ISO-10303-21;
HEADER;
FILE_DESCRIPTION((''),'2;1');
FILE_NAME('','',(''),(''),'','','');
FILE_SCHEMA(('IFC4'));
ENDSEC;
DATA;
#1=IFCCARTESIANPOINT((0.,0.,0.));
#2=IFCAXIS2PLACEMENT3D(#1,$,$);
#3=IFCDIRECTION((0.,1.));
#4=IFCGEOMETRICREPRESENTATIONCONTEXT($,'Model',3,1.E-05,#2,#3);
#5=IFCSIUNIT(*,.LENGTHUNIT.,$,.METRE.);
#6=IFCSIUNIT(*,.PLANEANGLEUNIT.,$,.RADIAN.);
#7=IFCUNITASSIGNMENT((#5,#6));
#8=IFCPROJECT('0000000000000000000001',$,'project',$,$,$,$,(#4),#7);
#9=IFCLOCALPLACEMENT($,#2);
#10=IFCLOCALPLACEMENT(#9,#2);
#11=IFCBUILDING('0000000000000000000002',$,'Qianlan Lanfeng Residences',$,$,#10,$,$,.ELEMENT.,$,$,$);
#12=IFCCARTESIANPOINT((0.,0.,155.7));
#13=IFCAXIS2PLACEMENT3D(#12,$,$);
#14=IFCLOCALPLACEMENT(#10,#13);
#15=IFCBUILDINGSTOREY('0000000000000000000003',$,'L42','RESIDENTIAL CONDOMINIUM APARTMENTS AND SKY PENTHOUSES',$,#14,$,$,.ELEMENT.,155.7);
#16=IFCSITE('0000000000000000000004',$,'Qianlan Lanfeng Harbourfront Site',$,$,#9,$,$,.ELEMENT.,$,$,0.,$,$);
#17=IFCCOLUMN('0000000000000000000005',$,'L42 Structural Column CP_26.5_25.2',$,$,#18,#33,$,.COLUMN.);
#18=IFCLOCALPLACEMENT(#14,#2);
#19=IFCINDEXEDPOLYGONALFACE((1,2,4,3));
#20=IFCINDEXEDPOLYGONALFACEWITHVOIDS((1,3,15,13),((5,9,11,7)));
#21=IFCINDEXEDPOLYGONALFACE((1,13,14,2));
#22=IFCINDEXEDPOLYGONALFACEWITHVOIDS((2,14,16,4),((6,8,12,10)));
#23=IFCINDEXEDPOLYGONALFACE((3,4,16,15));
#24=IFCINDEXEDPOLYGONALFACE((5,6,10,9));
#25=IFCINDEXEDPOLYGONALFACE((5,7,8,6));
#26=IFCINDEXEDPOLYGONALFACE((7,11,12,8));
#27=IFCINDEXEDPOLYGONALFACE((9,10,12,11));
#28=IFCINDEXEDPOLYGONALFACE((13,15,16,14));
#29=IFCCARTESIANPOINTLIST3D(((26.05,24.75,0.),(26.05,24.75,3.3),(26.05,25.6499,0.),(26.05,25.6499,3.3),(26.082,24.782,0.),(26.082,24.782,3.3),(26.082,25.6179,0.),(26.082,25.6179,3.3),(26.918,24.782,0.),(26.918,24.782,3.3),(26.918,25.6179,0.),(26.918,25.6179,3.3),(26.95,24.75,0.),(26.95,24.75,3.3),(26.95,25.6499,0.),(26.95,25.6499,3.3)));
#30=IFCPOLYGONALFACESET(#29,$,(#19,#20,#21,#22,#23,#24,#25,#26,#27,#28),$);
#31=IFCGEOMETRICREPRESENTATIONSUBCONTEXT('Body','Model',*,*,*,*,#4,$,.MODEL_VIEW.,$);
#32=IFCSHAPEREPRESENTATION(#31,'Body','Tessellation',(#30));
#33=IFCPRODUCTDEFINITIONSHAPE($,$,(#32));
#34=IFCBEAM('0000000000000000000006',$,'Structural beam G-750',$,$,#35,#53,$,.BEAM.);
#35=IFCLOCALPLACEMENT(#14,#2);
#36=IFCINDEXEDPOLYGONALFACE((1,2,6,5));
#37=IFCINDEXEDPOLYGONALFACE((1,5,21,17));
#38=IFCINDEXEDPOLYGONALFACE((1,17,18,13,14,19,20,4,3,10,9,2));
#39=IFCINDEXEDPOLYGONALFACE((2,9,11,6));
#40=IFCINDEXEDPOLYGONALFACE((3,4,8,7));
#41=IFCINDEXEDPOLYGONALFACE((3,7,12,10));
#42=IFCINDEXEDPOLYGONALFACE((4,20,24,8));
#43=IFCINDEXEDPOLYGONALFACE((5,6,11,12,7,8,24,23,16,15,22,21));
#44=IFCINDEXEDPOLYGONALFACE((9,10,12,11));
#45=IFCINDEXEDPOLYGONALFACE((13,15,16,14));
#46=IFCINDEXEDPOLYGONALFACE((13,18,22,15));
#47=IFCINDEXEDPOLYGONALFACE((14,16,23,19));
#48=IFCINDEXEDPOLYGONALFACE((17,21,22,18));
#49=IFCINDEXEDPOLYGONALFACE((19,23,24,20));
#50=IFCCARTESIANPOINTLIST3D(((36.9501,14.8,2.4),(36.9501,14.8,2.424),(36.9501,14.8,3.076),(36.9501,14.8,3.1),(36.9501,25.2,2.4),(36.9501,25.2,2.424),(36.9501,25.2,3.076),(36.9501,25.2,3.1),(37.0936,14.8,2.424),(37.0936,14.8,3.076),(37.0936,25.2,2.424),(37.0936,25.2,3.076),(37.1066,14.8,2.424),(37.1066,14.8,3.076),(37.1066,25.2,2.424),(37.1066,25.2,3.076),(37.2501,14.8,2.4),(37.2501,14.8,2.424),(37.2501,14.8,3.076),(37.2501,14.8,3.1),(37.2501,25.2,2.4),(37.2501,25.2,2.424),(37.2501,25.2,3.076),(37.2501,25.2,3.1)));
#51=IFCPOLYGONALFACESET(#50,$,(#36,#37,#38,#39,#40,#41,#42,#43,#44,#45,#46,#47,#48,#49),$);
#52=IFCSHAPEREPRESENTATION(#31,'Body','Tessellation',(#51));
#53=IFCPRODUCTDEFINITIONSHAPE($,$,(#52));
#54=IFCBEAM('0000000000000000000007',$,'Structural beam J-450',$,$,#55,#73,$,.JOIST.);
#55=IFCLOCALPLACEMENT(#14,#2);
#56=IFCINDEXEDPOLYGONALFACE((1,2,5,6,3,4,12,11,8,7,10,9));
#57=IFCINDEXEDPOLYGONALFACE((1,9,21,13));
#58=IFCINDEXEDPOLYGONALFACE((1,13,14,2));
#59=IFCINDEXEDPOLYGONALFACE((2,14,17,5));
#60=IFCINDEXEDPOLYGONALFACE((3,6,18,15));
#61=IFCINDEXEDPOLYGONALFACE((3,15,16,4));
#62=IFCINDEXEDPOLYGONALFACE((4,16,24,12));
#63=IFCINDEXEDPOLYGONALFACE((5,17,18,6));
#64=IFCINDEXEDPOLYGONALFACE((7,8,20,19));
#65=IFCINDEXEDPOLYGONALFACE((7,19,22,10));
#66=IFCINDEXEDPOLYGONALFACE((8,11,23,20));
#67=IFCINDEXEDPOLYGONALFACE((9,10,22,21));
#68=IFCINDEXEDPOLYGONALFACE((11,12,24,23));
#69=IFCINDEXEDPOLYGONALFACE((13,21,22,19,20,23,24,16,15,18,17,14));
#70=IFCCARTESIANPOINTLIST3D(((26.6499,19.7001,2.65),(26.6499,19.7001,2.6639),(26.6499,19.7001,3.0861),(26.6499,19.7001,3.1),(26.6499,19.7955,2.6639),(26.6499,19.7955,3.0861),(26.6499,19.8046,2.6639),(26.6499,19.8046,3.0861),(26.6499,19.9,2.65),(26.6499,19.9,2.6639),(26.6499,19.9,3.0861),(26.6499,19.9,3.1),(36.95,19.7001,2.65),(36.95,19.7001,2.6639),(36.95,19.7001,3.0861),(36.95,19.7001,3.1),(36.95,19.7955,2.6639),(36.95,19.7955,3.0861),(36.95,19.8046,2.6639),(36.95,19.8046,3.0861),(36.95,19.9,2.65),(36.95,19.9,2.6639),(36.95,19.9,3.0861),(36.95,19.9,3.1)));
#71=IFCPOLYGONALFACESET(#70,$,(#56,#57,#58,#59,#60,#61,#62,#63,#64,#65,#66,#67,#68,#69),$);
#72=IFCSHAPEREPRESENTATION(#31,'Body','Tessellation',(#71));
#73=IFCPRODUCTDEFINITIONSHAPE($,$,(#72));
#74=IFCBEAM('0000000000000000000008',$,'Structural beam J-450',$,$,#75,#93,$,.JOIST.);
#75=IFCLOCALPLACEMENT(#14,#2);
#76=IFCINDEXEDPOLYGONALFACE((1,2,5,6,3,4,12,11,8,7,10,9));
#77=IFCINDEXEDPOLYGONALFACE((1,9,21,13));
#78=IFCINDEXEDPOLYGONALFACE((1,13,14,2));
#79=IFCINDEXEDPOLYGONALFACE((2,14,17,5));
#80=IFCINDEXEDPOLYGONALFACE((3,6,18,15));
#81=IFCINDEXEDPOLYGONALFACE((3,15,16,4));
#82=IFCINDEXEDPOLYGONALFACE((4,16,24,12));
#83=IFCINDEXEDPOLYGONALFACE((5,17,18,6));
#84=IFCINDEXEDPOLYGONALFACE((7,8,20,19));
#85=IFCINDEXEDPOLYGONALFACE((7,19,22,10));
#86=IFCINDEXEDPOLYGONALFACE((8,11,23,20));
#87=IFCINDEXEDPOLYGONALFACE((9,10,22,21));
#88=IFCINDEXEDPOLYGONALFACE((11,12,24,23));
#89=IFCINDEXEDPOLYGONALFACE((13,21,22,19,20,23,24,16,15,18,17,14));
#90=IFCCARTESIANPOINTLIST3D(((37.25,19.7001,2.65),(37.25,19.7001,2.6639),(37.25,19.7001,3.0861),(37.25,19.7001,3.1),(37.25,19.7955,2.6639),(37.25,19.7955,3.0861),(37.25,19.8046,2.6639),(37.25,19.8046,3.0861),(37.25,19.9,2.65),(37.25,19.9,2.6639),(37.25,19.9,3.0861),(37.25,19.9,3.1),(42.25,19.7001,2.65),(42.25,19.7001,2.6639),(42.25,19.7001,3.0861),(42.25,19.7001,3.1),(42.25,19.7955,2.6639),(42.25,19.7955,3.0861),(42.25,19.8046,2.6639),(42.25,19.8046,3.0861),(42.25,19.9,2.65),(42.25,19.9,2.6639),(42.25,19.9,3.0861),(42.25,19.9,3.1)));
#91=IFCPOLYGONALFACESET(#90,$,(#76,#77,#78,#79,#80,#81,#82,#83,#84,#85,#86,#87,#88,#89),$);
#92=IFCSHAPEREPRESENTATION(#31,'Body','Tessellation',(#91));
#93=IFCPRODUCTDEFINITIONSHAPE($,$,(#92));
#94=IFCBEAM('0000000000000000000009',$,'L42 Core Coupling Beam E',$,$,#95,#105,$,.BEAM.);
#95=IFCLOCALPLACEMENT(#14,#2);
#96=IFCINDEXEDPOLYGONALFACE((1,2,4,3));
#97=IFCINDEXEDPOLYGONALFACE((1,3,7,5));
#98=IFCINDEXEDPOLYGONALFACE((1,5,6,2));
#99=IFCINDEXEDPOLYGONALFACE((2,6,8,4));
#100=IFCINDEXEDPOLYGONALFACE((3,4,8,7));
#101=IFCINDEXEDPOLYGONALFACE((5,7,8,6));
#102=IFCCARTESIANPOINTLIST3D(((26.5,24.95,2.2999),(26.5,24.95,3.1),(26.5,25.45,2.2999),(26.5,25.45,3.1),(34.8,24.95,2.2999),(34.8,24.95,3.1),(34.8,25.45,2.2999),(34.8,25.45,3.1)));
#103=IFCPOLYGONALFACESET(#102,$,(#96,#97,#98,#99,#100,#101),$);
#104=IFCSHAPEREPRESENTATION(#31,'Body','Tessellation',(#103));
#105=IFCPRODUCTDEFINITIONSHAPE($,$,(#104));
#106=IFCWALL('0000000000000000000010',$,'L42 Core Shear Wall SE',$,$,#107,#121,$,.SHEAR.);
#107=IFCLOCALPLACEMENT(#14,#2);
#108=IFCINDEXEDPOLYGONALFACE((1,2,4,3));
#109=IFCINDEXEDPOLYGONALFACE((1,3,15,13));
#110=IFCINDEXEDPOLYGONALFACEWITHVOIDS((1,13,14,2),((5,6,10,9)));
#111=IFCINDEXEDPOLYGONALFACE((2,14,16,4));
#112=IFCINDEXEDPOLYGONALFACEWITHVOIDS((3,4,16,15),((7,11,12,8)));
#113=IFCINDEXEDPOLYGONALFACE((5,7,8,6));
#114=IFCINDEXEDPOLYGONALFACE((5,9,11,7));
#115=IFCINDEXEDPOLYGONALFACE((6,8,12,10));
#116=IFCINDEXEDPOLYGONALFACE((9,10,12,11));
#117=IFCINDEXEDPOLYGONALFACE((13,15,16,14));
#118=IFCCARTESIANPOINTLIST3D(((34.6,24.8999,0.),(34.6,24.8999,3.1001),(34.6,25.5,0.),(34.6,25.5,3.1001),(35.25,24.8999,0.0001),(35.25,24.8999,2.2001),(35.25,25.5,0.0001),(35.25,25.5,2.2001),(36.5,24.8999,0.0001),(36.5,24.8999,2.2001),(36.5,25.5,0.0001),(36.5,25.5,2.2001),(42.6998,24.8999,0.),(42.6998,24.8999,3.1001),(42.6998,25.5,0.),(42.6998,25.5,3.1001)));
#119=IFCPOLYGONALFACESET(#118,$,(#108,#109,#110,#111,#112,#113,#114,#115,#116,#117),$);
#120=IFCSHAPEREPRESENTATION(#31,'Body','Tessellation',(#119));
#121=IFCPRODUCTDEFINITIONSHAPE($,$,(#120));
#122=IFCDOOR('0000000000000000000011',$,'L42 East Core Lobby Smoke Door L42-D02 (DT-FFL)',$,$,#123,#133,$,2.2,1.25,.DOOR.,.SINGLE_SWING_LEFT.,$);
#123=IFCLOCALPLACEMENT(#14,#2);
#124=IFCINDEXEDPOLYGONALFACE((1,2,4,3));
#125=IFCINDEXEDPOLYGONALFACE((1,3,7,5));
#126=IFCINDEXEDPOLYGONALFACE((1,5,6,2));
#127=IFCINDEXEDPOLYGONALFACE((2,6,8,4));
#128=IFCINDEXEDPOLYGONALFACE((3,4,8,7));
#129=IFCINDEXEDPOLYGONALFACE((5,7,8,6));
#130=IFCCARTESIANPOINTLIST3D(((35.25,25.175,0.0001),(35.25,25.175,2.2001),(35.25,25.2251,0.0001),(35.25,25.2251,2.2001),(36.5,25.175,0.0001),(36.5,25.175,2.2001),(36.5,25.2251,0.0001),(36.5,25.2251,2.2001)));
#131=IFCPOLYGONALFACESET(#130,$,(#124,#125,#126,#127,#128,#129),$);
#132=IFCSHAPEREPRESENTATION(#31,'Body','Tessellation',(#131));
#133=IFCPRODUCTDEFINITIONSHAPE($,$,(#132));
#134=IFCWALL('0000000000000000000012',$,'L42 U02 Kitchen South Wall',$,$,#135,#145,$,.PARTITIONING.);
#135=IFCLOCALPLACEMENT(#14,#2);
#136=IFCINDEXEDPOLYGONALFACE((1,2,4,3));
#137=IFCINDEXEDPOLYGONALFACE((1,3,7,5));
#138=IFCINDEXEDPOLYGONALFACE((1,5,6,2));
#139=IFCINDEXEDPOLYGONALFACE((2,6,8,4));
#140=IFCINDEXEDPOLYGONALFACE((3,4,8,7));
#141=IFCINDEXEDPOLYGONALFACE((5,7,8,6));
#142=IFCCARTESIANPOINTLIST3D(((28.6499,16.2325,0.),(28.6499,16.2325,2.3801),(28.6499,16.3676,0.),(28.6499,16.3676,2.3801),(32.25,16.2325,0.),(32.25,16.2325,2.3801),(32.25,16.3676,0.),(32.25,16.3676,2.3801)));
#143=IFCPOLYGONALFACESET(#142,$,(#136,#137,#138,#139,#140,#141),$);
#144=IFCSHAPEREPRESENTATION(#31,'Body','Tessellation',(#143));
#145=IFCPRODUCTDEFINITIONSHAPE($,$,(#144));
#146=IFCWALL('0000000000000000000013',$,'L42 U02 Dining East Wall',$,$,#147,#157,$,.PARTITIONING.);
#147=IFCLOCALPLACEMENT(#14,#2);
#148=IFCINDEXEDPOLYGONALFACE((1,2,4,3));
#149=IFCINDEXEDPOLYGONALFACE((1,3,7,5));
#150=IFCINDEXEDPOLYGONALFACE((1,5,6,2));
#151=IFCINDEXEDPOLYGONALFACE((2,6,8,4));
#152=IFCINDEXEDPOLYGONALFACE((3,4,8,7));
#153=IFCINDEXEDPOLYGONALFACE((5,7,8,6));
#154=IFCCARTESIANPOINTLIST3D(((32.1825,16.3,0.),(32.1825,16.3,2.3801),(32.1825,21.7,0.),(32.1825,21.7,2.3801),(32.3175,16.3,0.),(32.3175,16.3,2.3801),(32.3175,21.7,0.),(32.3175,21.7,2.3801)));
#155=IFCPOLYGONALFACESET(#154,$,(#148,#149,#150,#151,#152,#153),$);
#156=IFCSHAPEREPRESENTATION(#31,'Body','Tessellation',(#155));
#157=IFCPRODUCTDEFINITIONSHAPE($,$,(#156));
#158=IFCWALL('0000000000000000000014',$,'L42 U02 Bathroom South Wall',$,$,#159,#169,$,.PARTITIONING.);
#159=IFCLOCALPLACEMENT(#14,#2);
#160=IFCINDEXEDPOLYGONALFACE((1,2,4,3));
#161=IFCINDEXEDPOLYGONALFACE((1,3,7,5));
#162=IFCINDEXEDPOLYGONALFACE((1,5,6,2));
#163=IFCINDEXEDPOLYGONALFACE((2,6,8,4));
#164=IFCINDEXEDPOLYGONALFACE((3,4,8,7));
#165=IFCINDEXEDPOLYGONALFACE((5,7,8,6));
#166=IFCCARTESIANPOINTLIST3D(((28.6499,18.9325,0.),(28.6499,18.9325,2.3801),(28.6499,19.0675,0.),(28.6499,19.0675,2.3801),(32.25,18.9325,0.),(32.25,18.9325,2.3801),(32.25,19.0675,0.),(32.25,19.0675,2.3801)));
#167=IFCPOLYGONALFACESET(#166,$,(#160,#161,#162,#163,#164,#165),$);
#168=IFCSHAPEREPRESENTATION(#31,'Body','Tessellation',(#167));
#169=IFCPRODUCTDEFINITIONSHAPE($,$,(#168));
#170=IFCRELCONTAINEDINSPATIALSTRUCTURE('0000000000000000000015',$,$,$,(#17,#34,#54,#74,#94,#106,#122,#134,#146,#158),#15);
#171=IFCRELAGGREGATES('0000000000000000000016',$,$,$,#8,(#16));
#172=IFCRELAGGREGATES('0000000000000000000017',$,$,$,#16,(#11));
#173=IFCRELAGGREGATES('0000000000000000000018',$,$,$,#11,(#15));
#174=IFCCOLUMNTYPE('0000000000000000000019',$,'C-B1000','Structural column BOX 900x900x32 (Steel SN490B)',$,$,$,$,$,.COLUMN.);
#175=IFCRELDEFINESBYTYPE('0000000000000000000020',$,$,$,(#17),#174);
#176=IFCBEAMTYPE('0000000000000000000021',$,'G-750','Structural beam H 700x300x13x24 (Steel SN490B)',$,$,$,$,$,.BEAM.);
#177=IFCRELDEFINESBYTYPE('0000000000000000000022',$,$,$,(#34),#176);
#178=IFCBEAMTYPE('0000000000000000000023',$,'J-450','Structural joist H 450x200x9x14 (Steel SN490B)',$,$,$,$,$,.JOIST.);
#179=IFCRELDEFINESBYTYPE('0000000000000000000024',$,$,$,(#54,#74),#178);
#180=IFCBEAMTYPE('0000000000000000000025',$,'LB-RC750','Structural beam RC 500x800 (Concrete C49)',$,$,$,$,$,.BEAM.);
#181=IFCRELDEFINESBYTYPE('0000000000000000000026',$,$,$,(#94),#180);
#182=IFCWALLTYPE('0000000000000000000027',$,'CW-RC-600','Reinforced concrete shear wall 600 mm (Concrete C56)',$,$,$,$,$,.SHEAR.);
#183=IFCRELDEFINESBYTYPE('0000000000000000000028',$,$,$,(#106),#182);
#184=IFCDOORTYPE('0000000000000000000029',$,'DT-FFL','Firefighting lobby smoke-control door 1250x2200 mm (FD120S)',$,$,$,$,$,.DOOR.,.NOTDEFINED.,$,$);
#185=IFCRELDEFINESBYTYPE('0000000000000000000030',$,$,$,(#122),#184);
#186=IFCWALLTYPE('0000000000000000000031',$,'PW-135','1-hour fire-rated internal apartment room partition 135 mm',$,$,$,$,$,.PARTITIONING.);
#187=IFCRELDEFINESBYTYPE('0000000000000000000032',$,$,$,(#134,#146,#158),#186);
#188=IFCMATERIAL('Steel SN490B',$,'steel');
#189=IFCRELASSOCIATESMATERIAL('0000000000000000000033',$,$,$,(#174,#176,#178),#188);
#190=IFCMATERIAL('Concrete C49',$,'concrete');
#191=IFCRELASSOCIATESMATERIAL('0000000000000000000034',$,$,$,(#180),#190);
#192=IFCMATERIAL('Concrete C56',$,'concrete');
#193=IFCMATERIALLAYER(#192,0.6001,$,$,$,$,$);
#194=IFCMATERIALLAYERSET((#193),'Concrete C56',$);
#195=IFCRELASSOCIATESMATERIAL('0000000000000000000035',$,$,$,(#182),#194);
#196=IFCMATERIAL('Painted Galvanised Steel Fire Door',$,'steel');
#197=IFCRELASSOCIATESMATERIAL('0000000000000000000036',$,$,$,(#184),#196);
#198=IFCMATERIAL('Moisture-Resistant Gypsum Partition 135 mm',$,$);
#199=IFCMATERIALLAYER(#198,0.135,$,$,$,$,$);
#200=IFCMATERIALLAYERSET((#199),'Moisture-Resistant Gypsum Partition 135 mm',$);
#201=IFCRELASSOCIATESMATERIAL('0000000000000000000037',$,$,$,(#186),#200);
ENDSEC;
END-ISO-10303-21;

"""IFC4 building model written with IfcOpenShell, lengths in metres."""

from ifc_helpers import new_model, si_unit, direction, frame, frame_2d, origin, origin_2d, place, context, subcontext, project, spatial, rectangle, hollow_rectangle, i_section, extrude, material, layer, layer_set, material_profile, profile_set, type_object, element, fill, save


model = new_model("IFC4")

# Units and contexts
model_context = context("Model", 3, precision=1e-05, world=origin(), true_north=direction((0.0, 1.0)))
body_context = subcontext(model_context, "Body", "Model", "MODEL_VIEW")
ifc_project = project(units=[si_unit("LENGTHUNIT", "METRE"), si_unit("PLANEANGLEUNIT", "RADIAN")], contexts=[model_context])

# Site, building, storey
site_placement = place(None, origin())
site = spatial("IfcSite", under=ifc_project, at=site_placement, Name="Qianlan Lanfeng Harbourfront Site", CompositionType="ELEMENT", RefElevation=0.0)
building_placement = place(site_placement, origin())
building = spatial("IfcBuilding", under=site, at=building_placement, Name="Qianlan Lanfeng Residences", CompositionType="ELEMENT")
storey_placement = place(building_placement, frame((0.0, 0.0, 155.7)))
storey = spatial("IfcBuildingStorey", under=building, at=storey_placement, Name="L42", Description="RESIDENTIAL CONDOMINIUM APARTMENTS AND SKY PENTHOUSES", CompositionType="ELEMENT", Elevation=155.7)

# Column
ifc_material_1 = material(Name="Steel SN490B", Category="steel")
ifc_material_profile_1 = material_profile(ifc_material_1, hollow_rectangle(XDim=0.8999, YDim=0.8999, WallThickness=0.032, at=origin_2d()), Name="BOX 900x900x32")
ifc_profile_set_1 = profile_set([ifc_material_profile_1], Name="Steel SN490B")
column_type = type_object("IfcColumnType", Name="C-B1000", Description="Structural column BOX 900x900x32 (Steel SN490B)", PredefinedType="COLUMN", material=ifc_profile_set_1)
column_placement = place(storey_placement, frame((26.5, 25.2, 0.0), z_axis=(0.0, 0.0, 1.0), x_axis=(1.0, 0.0, 0.0)))
element("IfcColumn", 1, at=column_placement, inside=storey, type_object=column_type, Name="L42 Structural Column CP_26.5_25.2", PredefinedType="COLUMN", context=body_context, shape_type="SweptSolid", body=[
    extrude(hollow_rectangle(XDim=0.8999, YDim=0.8999, WallThickness=0.032, at=origin_2d()), origin(), (0.0, 0.0, 1.0), 3.3),
])

# Beams
ifc_material_profile_2 = material_profile(ifc_material_1, i_section(OverallWidth=0.3, OverallDepth=0.7, WebThickness=0.0129, FlangeThickness=0.0239, at=origin_2d()), Name="H 700x300x13x24")
ifc_profile_set_2 = profile_set([ifc_material_profile_2], Name="Steel SN490B")
beam_type_1 = type_object("IfcBeamType", Name="G-750", Description="Structural beam H 700x300x13x24 (Steel SN490B)", PredefinedType="BEAM", material=ifc_profile_set_2)
beam_1_placement = place(storey_placement, frame((37.1001, 14.8, 2.75), z_axis=(0.0, 1.0, 0.0), x_axis=(-1.0, 0.0, 0.0)))
element("IfcBeam", 2, at=beam_1_placement, inside=storey, type_object=beam_type_1, Name="Structural beam G-750", PredefinedType="BEAM", context=body_context, shape_type="SweptSolid", body=[
    extrude(i_section(OverallWidth=0.3, OverallDepth=0.7, WebThickness=0.0129, FlangeThickness=0.0239, at=origin_2d()), origin(), (0.0, 0.0, 1.0), 10.3999),
])
ifc_material_profile_3 = material_profile(ifc_material_1, i_section(OverallWidth=0.2, OverallDepth=0.45, WebThickness=0.009, FlangeThickness=0.0139, at=origin_2d()), Name="H 450x200x9x14")
ifc_profile_set_3 = profile_set([ifc_material_profile_3], Name="Steel SN490B")
beam_type_2 = type_object("IfcBeamType", Name="J-450", Description="Structural joist H 450x200x9x14 (Steel SN490B)", PredefinedType="JOIST", material=ifc_profile_set_3)
beam_2_placement = place(storey_placement, frame((26.6499, 19.8, 2.875), z_axis=(1.0, 0.0, 0.0), x_axis=(0.0, 1.0, 0.0)))
element("IfcBeam", 3, at=beam_2_placement, inside=storey, type_object=beam_type_2, Name="Structural beam J-450", PredefinedType="JOIST", context=body_context, shape_type="SweptSolid", body=[
    extrude(i_section(OverallWidth=0.2, OverallDepth=0.45, WebThickness=0.009, FlangeThickness=0.0139, at=origin_2d()), origin(), (0.0, 0.0, 1.0), 10.3),
])
beam_3_placement = place(storey_placement, frame((37.25, 19.8, 2.875), z_axis=(1.0, 0.0, 0.0), x_axis=(0.0, 1.0, 0.0)))
element("IfcBeam", 4, at=beam_3_placement, inside=storey, type_object=beam_type_2, Name="Structural beam J-450", PredefinedType="JOIST", context=body_context, shape_type="SweptSolid", body=[
    extrude(i_section(OverallWidth=0.2, OverallDepth=0.45, WebThickness=0.009, FlangeThickness=0.0139, at=origin_2d()), origin(), (0.0, 0.0, 1.0), 5.0),
])
ifc_material_2 = material(Name="Concrete C49", Category="concrete")
ifc_material_profile_4 = material_profile(ifc_material_2, rectangle(XDim=0.5, YDim=0.8, at=origin_2d()), Name="RC 500x800")
ifc_profile_set_4 = profile_set([ifc_material_profile_4], Name="Concrete C49")
beam_type_3 = type_object("IfcBeamType", Name="LB-RC750", Description="Structural beam RC 500x800 (Concrete C49)", PredefinedType="BEAM", material=ifc_profile_set_4)
beam_4_placement = place(storey_placement, frame((26.5, 25.2, 2.7), z_axis=(1.0, 0.0, 0.0), x_axis=(0.0, 1.0, 0.0)))
element("IfcBeam", 5, at=beam_4_placement, inside=storey, type_object=beam_type_3, Name="L42 Core Coupling Beam E", PredefinedType="BEAM", context=body_context, shape_type="SweptSolid", body=[
    extrude(rectangle(XDim=0.5, YDim=0.8, at=origin_2d()), origin(), (0.0, 0.0, 1.0), 8.3),
])

# Wall, opening, door
ifc_material_3 = material(Name="Concrete C56", Category="concrete")
ifc_layer_1 = layer(ifc_material_3, 0.6001)
ifc_layer_set_1 = layer_set([ifc_layer_1], Name="Concrete C56")
wall_type_1 = type_object("IfcWallType", Name="CW-RC-600", Description="Reinforced concrete shear wall 600 mm (Concrete C56)", PredefinedType="SHEAR", material=ifc_layer_set_1)
wall_1_placement = place(storey_placement, frame((34.6001, 25.2, 0.0), z_axis=(0.0, 0.0, 1.0), x_axis=(1.0, 0.0, 0.0)))
wall_1 = element("IfcWall", 6, at=wall_1_placement, inside=storey, type_object=wall_type_1, Name="L42 Core Shear Wall SE", PredefinedType="SHEAR", context=body_context, shape_type="SweptSolid", body=[
    extrude(rectangle(XDim=8.0999, YDim=0.6001, at=frame_2d((4.0498, 0.0))), origin(), (0.0, 0.0, 1.0), 3.1001),
])
opening_1_placement = place(wall_1_placement, frame((0.6499, 0.0, 0.0)))
opening_1 = element("IfcOpeningElement", 7, at=opening_1_placement, cuts=wall_1, PredefinedType="OPENING", context=body_context, shape_type="SweptSolid", body=[
    extrude(rectangle(XDim=1.25, YDim=2.2, at=frame_2d((0.625, 1.1001))), frame((0.0, 0.3101, 0.0), z_axis=(0.0, -1.0, 0.0), x_axis=(1.0, 0.0, 0.0)), (0.0, 0.0, 1.0), 0.6201),
])
ifc_material_4 = material(Name="Painted Galvanised Steel Fire Door", Category="steel")
door_type_1 = type_object("IfcDoorType", Name="DT-FFL", Description="Firefighting lobby smoke-control door 1250x2200 mm (FD120S)", OperationType="NOTDEFINED", PredefinedType="DOOR", material=ifc_material_4)
door_1_placement = place(opening_1_placement, frame((1.25, 0.0, 0.0), z_axis=(0.0, 0.0, 1.0), x_axis=(-1.0, 0.0, 0.0)))
door_1 = element("IfcDoor", 8, at=door_1_placement, inside=storey, type_object=door_type_1, Name="L42 East Core Lobby Smoke Door L42-D02 (DT-FFL)", OperationType="SINGLE_SWING_LEFT", OverallHeight=2.2, OverallWidth=1.25, PredefinedType="DOOR", context=body_context, shape_type="SweptSolid", body=[
    extrude(rectangle(XDim=1.25, YDim=2.2, at=frame_2d((0.625, 1.1001))), frame((0.0, 0.0249, 0.0), z_axis=(0.0, -1.0, 0.0), x_axis=(1.0, 0.0, 0.0)), (0.0, 0.0, 1.0), 0.05),
])
fill(opening_1, door_1)

# Walls
ifc_material_5 = material(Name="Moisture-Resistant Gypsum Partition 135 mm")
ifc_layer_2 = layer(ifc_material_5, 0.135)
ifc_layer_set_2 = layer_set([ifc_layer_2], Name="Moisture-Resistant Gypsum Partition 135 mm")
wall_type_2 = type_object("IfcWallType", Name="PW-135", Description="1-hour fire-rated internal apartment room partition 135 mm", PredefinedType="PARTITIONING", material=ifc_layer_set_2)
wall_2_placement = place(storey_placement, frame((28.6499, 16.3, 0.0), z_axis=(0.0, 0.0, 1.0), x_axis=(1.0, 0.0, 0.0)))
element("IfcWall", 9, at=wall_2_placement, inside=storey, type_object=wall_type_2, Name="L42 U02 Kitchen South Wall", PredefinedType="PARTITIONING", context=body_context, shape_type="SweptSolid", body=[
    extrude(rectangle(XDim=3.6001, YDim=0.135, at=frame_2d((1.8, 0.0))), origin(), (0.0, 0.0, 1.0), 2.3801),
])
wall_3_placement = place(storey_placement, frame((32.25, 16.3, 0.0), z_axis=(0.0, 0.0, 1.0), x_axis=(0.0, 1.0, 0.0)))
element("IfcWall", 10, at=wall_3_placement, inside=storey, type_object=wall_type_2, Name="L42 U02 Dining East Wall", PredefinedType="PARTITIONING", context=body_context, shape_type="SweptSolid", body=[
    extrude(rectangle(XDim=5.3999, YDim=0.135, at=frame_2d((2.7, 0.0))), origin(), (0.0, 0.0, 1.0), 2.3801),
])
wall_4_placement = place(storey_placement, frame((28.6499, 19.0, 0.0), z_axis=(0.0, 0.0, 1.0), x_axis=(1.0, 0.0, 0.0)))
element("IfcWall", 11, at=wall_4_placement, inside=storey, type_object=wall_type_2, Name="L42 U02 Bathroom South Wall", PredefinedType="PARTITIONING", context=body_context, shape_type="SweptSolid", body=[
    extrude(rectangle(XDim=3.6001, YDim=0.135, at=frame_2d((1.8, 0.0))), origin(), (0.0, 0.0, 1.0), 2.3801),
])

save(model, "model.ifc")
